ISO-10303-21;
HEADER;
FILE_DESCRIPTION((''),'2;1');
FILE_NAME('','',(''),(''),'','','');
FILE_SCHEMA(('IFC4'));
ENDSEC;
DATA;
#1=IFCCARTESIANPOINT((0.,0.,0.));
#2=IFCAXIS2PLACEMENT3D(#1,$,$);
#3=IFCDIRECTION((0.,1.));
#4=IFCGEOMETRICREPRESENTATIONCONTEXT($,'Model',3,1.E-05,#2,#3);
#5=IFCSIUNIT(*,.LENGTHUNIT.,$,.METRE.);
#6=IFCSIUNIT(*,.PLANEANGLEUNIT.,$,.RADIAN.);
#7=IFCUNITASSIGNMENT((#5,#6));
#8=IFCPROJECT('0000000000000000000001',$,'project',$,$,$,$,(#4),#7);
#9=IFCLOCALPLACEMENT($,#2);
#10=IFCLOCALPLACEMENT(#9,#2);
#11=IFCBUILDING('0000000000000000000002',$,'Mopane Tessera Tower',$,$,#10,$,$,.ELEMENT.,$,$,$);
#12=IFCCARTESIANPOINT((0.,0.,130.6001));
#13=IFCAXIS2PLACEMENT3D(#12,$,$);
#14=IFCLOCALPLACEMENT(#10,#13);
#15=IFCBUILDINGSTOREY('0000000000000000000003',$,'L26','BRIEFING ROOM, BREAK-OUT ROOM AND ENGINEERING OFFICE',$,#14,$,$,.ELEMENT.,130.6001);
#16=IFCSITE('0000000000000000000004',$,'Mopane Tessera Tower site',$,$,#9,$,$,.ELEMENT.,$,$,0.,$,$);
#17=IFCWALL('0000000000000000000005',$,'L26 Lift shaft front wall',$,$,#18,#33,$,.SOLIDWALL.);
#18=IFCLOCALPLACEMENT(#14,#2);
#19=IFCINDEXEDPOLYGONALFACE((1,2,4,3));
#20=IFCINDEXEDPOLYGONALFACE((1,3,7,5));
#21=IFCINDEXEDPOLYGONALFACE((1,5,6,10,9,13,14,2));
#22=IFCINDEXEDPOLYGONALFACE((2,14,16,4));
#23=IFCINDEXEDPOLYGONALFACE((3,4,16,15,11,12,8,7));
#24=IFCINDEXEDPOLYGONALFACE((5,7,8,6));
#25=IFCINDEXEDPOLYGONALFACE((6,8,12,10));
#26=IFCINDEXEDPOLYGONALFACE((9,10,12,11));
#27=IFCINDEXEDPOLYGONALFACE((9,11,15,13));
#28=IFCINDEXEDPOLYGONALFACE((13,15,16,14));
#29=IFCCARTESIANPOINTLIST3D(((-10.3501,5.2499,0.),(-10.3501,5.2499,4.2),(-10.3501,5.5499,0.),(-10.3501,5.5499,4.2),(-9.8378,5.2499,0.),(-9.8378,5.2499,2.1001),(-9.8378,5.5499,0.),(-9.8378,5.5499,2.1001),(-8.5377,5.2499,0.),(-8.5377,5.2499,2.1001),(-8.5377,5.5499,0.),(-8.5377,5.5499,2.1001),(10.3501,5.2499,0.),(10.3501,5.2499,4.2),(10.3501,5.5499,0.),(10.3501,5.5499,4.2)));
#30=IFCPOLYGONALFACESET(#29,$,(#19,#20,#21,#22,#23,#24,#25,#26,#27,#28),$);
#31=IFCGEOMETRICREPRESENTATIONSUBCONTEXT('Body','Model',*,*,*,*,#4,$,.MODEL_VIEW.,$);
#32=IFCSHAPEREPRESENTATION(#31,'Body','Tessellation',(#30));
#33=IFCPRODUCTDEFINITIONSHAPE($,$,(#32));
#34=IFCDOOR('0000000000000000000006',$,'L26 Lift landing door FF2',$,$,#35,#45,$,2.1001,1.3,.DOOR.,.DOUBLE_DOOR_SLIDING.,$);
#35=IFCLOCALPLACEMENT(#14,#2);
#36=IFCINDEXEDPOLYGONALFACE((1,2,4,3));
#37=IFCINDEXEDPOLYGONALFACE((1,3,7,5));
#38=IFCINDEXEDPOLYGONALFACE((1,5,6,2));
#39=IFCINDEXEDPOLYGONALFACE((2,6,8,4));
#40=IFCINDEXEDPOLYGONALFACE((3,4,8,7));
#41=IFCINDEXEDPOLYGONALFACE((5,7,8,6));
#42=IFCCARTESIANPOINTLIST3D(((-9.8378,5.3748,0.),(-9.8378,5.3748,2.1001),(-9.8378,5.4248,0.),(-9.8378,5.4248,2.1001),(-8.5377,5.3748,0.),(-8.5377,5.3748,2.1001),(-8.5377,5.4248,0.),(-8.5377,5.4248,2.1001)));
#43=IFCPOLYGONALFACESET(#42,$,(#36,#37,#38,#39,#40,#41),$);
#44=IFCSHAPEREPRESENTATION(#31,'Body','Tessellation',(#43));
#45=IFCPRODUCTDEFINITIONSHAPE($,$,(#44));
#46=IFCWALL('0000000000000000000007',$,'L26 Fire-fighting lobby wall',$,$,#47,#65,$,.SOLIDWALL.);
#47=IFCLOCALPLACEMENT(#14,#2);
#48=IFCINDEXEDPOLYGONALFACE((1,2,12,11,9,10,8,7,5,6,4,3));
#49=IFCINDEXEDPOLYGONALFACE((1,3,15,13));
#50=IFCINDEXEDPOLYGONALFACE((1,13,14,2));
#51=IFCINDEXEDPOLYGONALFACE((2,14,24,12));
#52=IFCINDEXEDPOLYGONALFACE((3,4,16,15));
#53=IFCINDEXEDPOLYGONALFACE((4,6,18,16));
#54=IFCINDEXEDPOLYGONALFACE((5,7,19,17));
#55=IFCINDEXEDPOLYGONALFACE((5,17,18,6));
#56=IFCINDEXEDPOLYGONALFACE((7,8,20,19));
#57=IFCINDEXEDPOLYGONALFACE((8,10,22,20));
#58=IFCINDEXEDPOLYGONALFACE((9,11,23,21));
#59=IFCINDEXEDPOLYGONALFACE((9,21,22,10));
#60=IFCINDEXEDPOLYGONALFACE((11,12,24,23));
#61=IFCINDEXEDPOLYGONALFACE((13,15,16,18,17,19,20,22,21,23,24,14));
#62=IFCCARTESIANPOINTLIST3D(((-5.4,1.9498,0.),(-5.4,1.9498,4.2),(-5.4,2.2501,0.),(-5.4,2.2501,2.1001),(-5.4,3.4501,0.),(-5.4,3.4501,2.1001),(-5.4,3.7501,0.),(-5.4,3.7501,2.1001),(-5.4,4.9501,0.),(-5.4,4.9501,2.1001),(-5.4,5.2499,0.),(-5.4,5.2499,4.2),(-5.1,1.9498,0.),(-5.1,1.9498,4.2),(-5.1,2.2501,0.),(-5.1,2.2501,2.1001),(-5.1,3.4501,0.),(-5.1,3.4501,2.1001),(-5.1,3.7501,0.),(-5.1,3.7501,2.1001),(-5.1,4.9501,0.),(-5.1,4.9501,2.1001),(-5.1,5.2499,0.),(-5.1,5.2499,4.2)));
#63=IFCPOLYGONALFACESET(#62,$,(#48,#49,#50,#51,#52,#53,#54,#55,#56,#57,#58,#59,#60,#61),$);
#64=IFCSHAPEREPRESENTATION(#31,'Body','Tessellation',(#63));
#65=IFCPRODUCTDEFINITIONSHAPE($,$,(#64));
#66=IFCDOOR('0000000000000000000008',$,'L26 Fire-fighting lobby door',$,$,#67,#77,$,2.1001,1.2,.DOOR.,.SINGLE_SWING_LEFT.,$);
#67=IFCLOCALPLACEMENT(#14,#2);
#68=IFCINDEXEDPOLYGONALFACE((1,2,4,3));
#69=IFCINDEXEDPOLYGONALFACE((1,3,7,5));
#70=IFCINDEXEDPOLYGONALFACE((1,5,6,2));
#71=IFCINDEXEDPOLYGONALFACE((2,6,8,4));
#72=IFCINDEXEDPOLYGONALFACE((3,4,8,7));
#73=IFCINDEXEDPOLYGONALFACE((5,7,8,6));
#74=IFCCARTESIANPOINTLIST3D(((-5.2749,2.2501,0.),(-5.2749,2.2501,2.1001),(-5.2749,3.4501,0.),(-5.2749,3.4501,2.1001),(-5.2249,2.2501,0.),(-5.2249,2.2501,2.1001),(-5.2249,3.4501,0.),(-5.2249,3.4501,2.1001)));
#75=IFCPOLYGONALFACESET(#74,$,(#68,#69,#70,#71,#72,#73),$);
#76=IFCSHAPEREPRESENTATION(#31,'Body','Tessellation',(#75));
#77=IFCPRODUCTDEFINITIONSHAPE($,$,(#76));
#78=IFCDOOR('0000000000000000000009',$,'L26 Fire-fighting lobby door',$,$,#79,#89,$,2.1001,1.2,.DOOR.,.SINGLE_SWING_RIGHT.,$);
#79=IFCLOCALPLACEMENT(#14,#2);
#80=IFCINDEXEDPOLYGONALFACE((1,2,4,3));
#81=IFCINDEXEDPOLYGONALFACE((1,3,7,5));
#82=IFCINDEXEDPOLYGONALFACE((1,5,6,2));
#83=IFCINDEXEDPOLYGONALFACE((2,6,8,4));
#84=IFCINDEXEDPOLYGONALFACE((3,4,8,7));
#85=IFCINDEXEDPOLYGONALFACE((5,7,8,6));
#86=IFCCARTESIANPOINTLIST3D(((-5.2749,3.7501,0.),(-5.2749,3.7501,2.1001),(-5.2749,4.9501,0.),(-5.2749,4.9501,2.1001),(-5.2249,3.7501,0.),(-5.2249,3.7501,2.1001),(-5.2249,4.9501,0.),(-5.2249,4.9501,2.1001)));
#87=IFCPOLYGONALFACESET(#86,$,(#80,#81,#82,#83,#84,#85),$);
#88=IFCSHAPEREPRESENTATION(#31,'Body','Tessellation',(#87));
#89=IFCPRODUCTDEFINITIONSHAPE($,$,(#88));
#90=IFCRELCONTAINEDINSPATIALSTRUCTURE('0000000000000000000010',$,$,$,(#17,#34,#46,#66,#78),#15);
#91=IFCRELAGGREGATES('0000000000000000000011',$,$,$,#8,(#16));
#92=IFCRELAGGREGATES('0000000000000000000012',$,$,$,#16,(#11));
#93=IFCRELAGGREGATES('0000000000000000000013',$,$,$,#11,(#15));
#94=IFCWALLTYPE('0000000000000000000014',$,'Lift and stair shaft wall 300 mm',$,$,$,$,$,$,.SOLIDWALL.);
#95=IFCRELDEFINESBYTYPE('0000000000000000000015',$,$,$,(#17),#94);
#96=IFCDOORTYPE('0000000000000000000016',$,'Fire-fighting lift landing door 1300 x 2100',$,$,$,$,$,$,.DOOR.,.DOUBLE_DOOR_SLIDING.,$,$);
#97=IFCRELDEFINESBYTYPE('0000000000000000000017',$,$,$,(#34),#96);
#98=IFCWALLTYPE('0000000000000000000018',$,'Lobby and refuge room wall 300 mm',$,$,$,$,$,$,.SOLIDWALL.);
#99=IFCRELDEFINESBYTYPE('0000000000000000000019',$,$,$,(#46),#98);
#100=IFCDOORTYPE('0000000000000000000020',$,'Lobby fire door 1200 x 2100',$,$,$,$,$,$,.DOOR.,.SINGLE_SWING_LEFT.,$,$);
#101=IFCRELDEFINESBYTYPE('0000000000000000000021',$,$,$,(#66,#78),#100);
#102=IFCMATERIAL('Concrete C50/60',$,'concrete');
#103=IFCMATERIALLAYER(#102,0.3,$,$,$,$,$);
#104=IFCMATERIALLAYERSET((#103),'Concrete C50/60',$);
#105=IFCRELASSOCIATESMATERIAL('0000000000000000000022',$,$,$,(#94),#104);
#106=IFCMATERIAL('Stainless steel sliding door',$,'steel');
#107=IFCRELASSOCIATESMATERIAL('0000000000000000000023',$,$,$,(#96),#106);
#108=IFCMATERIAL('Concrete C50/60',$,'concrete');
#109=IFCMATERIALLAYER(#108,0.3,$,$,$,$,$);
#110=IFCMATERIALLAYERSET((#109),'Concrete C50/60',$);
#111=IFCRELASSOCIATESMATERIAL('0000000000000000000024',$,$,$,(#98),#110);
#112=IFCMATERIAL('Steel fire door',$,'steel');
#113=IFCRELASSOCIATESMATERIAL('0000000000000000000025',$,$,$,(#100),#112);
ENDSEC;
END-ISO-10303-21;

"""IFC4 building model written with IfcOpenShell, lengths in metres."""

from ifc_helpers import new_model, si_unit, direction, frame, frame_2d, origin, place, context, subcontext, project, spatial, rectangle, extrude, material, layer, layer_set, type_object, element, fill, save


model = new_model("IFC4")

# Units and contexts
model_context = context("Model", 3, precision=1e-05, world=origin(), true_north=direction((0.0, 1.0)))
body_context = subcontext(model_context, "Body", "Model", "MODEL_VIEW")
ifc_project = project(units=[si_unit("LENGTHUNIT", "METRE"), si_unit("PLANEANGLEUNIT", "RADIAN")], contexts=[model_context])

# Site, building, storey
site_placement = place(None, origin())
site = spatial("IfcSite", under=ifc_project, at=site_placement, Name="Mopane Tessera Tower site", CompositionType="ELEMENT", RefElevation=0.0)
building_placement = place(site_placement, origin())
building = spatial("IfcBuilding", under=site, at=building_placement, Name="Mopane Tessera Tower", CompositionType="ELEMENT")
storey_placement = place(building_placement, frame((0.0, 0.0, 130.6001)))
storey = spatial("IfcBuildingStorey", under=building, at=storey_placement, Name="L26", Description="BRIEFING ROOM, BREAK-OUT ROOM AND ENGINEERING OFFICE", CompositionType="ELEMENT", Elevation=130.6001)

# Shared definitions
ifc_material_1 = material(Name="Concrete C50/60", Category="concrete")
ifc_layer_1 = layer(ifc_material_1, 0.3)
ifc_layer_set_1 = layer_set([ifc_layer_1], Name="Concrete C50/60")
wall_type_1 = type_object("IfcWallType", Name="Lift and stair shaft wall 300 mm", PredefinedType="SOLIDWALL", material=ifc_layer_set_1)
ifc_material_2 = material(Name="Stainless steel sliding door", Category="steel")
door_type_1 = type_object("IfcDoorType", Name="Fire-fighting lift landing door 1300 x 2100", OperationType="DOUBLE_DOOR_SLIDING", PredefinedType="DOOR", material=ifc_material_2)

# Wall, opening, door
wall_1_placement = place(storey_placement, frame((-10.3501, 5.3999, 0.0), z_axis=(0.0, 0.0, 1.0), x_axis=(1.0, 0.0, 0.0)))
wall_1 = element("IfcWall", 1, at=wall_1_placement, inside=storey, type_object=wall_type_1, Name="L26 Lift shaft front wall", PredefinedType="SOLIDWALL", context=body_context, shape_type="SweptSolid", body=[
    extrude(rectangle(XDim=20.7002, YDim=0.3, at=frame_2d((10.3501, 0.0))), origin(), (0.0, 0.0, 1.0), 4.2),
])
opening_1_placement = place(wall_1_placement, frame((0.5125, 0.0, 0.0)))
opening_1 = element("IfcOpeningElement", 2, at=opening_1_placement, cuts=wall_1, PredefinedType="OPENING", context=body_context, shape_type="SweptSolid", body=[
    extrude(rectangle(XDim=1.3, YDim=2.1001, at=frame_2d((0.6499, 1.05))), frame((0.0, 0.1621, 0.0), z_axis=(0.0, -1.0, 0.0), x_axis=(1.0, 0.0, 0.0)), (0.0, 0.0, 1.0), 0.324),
])
door_1_placement = place(opening_1_placement, origin())
door_1 = element("IfcDoor", 3, at=door_1_placement, inside=storey, type_object=door_type_1, Name="L26 Lift landing door FF2", OperationType="DOUBLE_DOOR_SLIDING", OverallHeight=2.1001, OverallWidth=1.3, PredefinedType="DOOR", context=body_context, shape_type="SweptSolid", body=[
    extrude(rectangle(XDim=1.3, YDim=2.1001, at=frame_2d((0.6499, 1.05))), frame((0.0, 0.0249, 0.0), z_axis=(0.0, -1.0, 0.0), x_axis=(1.0, 0.0, 0.0)), (0.0, 0.0, 1.0), 0.05),
])
fill(opening_1, door_1)

# Wall, openings, doors
ifc_material_3 = material(Name="Concrete C50/60", Category="concrete")
ifc_layer_2 = layer(ifc_material_3, 0.3)
ifc_layer_set_2 = layer_set([ifc_layer_2], Name="Concrete C50/60")
wall_type_2 = type_object("IfcWallType", Name="Lobby and refuge room wall 300 mm", PredefinedType="SOLIDWALL", material=ifc_layer_set_2)
wall_2_placement = place(storey_placement, frame((-5.25, 1.95, 0.0), z_axis=(0.0, 0.0, 1.0), x_axis=(0.0, 1.0, 0.0)))
wall_2 = element("IfcWall", 4, at=wall_2_placement, inside=storey, type_object=wall_type_2, Name="L26 Fire-fighting lobby wall", PredefinedType="SOLIDWALL", context=body_context, shape_type="SweptSolid", body=[
    extrude(rectangle(XDim=3.3, YDim=0.3, at=frame_2d((1.6499, 0.0))), origin(), (0.0, 0.0, 1.0), 4.2),
])
opening_2_placement = place(wall_2_placement, frame((0.3, 0.0, 0.0)))
opening_2 = element("IfcOpeningElement", 5, at=opening_2_placement, cuts=wall_2, PredefinedType="OPENING", context=body_context, shape_type="SweptSolid", body=[
    extrude(rectangle(XDim=1.2, YDim=2.1001, at=frame_2d((0.6001, 1.05))), frame((0.0, 0.1621, 0.0), z_axis=(0.0, -1.0, 0.0), x_axis=(1.0, 0.0, 0.0)), (0.0, 0.0, 1.0), 0.324),
])
opening_3_placement = place(wall_2_placement, frame((1.8, 0.0, 0.0)))
opening_3 = element("IfcOpeningElement", 6, at=opening_3_placement, cuts=wall_2, PredefinedType="OPENING", context=body_context, shape_type="SweptSolid", body=[
    extrude(rectangle(XDim=1.2, YDim=2.1001, at=frame_2d((0.6001, 1.05))), frame((0.0, 0.1621, 0.0), z_axis=(0.0, -1.0, 0.0), x_axis=(1.0, 0.0, 0.0)), (0.0, 0.0, 1.0), 0.324),
])
ifc_material_4 = material(Name="Steel fire door", Category="steel")
door_type_2 = type_object("IfcDoorType", Name="Lobby fire door 1200 x 2100", OperationType="SINGLE_SWING_LEFT", PredefinedType="DOOR", material=ifc_material_4)
door_2_placement = place(opening_2_placement, origin())
door_2 = element("IfcDoor", 7, at=door_2_placement, inside=storey, type_object=door_type_2, Name="L26 Fire-fighting lobby door", OperationType="SINGLE_SWING_LEFT", OverallHeight=2.1001, OverallWidth=1.2, PredefinedType="DOOR", context=body_context, shape_type="SweptSolid", body=[
    extrude(rectangle(XDim=1.2, YDim=2.1001, at=frame_2d((0.6001, 1.05))), frame((0.0, 0.0249, 0.0), z_axis=(0.0, -1.0, 0.0), x_axis=(1.0, 0.0, 0.0)), (0.0, 0.0, 1.0), 0.05),
])
fill(opening_2, door_2)
door_3_placement = place(opening_3_placement, origin())
door_3 = element("IfcDoor", 8, at=door_3_placement, inside=storey, type_object=door_type_2, Name="L26 Fire-fighting lobby door", OperationType="SINGLE_SWING_RIGHT", OverallHeight=2.1001, OverallWidth=1.2, PredefinedType="DOOR", context=body_context, shape_type="SweptSolid", body=[
    extrude(rectangle(XDim=1.2, YDim=2.1001, at=frame_2d((0.6001, 1.05))), frame((0.0, 0.0249, 0.0), z_axis=(0.0, -1.0, 0.0), x_axis=(1.0, 0.0, 0.0)), (0.0, 0.0, 1.0), 0.05),
])
fill(opening_3, door_3)

save(model, "model.ifc")
